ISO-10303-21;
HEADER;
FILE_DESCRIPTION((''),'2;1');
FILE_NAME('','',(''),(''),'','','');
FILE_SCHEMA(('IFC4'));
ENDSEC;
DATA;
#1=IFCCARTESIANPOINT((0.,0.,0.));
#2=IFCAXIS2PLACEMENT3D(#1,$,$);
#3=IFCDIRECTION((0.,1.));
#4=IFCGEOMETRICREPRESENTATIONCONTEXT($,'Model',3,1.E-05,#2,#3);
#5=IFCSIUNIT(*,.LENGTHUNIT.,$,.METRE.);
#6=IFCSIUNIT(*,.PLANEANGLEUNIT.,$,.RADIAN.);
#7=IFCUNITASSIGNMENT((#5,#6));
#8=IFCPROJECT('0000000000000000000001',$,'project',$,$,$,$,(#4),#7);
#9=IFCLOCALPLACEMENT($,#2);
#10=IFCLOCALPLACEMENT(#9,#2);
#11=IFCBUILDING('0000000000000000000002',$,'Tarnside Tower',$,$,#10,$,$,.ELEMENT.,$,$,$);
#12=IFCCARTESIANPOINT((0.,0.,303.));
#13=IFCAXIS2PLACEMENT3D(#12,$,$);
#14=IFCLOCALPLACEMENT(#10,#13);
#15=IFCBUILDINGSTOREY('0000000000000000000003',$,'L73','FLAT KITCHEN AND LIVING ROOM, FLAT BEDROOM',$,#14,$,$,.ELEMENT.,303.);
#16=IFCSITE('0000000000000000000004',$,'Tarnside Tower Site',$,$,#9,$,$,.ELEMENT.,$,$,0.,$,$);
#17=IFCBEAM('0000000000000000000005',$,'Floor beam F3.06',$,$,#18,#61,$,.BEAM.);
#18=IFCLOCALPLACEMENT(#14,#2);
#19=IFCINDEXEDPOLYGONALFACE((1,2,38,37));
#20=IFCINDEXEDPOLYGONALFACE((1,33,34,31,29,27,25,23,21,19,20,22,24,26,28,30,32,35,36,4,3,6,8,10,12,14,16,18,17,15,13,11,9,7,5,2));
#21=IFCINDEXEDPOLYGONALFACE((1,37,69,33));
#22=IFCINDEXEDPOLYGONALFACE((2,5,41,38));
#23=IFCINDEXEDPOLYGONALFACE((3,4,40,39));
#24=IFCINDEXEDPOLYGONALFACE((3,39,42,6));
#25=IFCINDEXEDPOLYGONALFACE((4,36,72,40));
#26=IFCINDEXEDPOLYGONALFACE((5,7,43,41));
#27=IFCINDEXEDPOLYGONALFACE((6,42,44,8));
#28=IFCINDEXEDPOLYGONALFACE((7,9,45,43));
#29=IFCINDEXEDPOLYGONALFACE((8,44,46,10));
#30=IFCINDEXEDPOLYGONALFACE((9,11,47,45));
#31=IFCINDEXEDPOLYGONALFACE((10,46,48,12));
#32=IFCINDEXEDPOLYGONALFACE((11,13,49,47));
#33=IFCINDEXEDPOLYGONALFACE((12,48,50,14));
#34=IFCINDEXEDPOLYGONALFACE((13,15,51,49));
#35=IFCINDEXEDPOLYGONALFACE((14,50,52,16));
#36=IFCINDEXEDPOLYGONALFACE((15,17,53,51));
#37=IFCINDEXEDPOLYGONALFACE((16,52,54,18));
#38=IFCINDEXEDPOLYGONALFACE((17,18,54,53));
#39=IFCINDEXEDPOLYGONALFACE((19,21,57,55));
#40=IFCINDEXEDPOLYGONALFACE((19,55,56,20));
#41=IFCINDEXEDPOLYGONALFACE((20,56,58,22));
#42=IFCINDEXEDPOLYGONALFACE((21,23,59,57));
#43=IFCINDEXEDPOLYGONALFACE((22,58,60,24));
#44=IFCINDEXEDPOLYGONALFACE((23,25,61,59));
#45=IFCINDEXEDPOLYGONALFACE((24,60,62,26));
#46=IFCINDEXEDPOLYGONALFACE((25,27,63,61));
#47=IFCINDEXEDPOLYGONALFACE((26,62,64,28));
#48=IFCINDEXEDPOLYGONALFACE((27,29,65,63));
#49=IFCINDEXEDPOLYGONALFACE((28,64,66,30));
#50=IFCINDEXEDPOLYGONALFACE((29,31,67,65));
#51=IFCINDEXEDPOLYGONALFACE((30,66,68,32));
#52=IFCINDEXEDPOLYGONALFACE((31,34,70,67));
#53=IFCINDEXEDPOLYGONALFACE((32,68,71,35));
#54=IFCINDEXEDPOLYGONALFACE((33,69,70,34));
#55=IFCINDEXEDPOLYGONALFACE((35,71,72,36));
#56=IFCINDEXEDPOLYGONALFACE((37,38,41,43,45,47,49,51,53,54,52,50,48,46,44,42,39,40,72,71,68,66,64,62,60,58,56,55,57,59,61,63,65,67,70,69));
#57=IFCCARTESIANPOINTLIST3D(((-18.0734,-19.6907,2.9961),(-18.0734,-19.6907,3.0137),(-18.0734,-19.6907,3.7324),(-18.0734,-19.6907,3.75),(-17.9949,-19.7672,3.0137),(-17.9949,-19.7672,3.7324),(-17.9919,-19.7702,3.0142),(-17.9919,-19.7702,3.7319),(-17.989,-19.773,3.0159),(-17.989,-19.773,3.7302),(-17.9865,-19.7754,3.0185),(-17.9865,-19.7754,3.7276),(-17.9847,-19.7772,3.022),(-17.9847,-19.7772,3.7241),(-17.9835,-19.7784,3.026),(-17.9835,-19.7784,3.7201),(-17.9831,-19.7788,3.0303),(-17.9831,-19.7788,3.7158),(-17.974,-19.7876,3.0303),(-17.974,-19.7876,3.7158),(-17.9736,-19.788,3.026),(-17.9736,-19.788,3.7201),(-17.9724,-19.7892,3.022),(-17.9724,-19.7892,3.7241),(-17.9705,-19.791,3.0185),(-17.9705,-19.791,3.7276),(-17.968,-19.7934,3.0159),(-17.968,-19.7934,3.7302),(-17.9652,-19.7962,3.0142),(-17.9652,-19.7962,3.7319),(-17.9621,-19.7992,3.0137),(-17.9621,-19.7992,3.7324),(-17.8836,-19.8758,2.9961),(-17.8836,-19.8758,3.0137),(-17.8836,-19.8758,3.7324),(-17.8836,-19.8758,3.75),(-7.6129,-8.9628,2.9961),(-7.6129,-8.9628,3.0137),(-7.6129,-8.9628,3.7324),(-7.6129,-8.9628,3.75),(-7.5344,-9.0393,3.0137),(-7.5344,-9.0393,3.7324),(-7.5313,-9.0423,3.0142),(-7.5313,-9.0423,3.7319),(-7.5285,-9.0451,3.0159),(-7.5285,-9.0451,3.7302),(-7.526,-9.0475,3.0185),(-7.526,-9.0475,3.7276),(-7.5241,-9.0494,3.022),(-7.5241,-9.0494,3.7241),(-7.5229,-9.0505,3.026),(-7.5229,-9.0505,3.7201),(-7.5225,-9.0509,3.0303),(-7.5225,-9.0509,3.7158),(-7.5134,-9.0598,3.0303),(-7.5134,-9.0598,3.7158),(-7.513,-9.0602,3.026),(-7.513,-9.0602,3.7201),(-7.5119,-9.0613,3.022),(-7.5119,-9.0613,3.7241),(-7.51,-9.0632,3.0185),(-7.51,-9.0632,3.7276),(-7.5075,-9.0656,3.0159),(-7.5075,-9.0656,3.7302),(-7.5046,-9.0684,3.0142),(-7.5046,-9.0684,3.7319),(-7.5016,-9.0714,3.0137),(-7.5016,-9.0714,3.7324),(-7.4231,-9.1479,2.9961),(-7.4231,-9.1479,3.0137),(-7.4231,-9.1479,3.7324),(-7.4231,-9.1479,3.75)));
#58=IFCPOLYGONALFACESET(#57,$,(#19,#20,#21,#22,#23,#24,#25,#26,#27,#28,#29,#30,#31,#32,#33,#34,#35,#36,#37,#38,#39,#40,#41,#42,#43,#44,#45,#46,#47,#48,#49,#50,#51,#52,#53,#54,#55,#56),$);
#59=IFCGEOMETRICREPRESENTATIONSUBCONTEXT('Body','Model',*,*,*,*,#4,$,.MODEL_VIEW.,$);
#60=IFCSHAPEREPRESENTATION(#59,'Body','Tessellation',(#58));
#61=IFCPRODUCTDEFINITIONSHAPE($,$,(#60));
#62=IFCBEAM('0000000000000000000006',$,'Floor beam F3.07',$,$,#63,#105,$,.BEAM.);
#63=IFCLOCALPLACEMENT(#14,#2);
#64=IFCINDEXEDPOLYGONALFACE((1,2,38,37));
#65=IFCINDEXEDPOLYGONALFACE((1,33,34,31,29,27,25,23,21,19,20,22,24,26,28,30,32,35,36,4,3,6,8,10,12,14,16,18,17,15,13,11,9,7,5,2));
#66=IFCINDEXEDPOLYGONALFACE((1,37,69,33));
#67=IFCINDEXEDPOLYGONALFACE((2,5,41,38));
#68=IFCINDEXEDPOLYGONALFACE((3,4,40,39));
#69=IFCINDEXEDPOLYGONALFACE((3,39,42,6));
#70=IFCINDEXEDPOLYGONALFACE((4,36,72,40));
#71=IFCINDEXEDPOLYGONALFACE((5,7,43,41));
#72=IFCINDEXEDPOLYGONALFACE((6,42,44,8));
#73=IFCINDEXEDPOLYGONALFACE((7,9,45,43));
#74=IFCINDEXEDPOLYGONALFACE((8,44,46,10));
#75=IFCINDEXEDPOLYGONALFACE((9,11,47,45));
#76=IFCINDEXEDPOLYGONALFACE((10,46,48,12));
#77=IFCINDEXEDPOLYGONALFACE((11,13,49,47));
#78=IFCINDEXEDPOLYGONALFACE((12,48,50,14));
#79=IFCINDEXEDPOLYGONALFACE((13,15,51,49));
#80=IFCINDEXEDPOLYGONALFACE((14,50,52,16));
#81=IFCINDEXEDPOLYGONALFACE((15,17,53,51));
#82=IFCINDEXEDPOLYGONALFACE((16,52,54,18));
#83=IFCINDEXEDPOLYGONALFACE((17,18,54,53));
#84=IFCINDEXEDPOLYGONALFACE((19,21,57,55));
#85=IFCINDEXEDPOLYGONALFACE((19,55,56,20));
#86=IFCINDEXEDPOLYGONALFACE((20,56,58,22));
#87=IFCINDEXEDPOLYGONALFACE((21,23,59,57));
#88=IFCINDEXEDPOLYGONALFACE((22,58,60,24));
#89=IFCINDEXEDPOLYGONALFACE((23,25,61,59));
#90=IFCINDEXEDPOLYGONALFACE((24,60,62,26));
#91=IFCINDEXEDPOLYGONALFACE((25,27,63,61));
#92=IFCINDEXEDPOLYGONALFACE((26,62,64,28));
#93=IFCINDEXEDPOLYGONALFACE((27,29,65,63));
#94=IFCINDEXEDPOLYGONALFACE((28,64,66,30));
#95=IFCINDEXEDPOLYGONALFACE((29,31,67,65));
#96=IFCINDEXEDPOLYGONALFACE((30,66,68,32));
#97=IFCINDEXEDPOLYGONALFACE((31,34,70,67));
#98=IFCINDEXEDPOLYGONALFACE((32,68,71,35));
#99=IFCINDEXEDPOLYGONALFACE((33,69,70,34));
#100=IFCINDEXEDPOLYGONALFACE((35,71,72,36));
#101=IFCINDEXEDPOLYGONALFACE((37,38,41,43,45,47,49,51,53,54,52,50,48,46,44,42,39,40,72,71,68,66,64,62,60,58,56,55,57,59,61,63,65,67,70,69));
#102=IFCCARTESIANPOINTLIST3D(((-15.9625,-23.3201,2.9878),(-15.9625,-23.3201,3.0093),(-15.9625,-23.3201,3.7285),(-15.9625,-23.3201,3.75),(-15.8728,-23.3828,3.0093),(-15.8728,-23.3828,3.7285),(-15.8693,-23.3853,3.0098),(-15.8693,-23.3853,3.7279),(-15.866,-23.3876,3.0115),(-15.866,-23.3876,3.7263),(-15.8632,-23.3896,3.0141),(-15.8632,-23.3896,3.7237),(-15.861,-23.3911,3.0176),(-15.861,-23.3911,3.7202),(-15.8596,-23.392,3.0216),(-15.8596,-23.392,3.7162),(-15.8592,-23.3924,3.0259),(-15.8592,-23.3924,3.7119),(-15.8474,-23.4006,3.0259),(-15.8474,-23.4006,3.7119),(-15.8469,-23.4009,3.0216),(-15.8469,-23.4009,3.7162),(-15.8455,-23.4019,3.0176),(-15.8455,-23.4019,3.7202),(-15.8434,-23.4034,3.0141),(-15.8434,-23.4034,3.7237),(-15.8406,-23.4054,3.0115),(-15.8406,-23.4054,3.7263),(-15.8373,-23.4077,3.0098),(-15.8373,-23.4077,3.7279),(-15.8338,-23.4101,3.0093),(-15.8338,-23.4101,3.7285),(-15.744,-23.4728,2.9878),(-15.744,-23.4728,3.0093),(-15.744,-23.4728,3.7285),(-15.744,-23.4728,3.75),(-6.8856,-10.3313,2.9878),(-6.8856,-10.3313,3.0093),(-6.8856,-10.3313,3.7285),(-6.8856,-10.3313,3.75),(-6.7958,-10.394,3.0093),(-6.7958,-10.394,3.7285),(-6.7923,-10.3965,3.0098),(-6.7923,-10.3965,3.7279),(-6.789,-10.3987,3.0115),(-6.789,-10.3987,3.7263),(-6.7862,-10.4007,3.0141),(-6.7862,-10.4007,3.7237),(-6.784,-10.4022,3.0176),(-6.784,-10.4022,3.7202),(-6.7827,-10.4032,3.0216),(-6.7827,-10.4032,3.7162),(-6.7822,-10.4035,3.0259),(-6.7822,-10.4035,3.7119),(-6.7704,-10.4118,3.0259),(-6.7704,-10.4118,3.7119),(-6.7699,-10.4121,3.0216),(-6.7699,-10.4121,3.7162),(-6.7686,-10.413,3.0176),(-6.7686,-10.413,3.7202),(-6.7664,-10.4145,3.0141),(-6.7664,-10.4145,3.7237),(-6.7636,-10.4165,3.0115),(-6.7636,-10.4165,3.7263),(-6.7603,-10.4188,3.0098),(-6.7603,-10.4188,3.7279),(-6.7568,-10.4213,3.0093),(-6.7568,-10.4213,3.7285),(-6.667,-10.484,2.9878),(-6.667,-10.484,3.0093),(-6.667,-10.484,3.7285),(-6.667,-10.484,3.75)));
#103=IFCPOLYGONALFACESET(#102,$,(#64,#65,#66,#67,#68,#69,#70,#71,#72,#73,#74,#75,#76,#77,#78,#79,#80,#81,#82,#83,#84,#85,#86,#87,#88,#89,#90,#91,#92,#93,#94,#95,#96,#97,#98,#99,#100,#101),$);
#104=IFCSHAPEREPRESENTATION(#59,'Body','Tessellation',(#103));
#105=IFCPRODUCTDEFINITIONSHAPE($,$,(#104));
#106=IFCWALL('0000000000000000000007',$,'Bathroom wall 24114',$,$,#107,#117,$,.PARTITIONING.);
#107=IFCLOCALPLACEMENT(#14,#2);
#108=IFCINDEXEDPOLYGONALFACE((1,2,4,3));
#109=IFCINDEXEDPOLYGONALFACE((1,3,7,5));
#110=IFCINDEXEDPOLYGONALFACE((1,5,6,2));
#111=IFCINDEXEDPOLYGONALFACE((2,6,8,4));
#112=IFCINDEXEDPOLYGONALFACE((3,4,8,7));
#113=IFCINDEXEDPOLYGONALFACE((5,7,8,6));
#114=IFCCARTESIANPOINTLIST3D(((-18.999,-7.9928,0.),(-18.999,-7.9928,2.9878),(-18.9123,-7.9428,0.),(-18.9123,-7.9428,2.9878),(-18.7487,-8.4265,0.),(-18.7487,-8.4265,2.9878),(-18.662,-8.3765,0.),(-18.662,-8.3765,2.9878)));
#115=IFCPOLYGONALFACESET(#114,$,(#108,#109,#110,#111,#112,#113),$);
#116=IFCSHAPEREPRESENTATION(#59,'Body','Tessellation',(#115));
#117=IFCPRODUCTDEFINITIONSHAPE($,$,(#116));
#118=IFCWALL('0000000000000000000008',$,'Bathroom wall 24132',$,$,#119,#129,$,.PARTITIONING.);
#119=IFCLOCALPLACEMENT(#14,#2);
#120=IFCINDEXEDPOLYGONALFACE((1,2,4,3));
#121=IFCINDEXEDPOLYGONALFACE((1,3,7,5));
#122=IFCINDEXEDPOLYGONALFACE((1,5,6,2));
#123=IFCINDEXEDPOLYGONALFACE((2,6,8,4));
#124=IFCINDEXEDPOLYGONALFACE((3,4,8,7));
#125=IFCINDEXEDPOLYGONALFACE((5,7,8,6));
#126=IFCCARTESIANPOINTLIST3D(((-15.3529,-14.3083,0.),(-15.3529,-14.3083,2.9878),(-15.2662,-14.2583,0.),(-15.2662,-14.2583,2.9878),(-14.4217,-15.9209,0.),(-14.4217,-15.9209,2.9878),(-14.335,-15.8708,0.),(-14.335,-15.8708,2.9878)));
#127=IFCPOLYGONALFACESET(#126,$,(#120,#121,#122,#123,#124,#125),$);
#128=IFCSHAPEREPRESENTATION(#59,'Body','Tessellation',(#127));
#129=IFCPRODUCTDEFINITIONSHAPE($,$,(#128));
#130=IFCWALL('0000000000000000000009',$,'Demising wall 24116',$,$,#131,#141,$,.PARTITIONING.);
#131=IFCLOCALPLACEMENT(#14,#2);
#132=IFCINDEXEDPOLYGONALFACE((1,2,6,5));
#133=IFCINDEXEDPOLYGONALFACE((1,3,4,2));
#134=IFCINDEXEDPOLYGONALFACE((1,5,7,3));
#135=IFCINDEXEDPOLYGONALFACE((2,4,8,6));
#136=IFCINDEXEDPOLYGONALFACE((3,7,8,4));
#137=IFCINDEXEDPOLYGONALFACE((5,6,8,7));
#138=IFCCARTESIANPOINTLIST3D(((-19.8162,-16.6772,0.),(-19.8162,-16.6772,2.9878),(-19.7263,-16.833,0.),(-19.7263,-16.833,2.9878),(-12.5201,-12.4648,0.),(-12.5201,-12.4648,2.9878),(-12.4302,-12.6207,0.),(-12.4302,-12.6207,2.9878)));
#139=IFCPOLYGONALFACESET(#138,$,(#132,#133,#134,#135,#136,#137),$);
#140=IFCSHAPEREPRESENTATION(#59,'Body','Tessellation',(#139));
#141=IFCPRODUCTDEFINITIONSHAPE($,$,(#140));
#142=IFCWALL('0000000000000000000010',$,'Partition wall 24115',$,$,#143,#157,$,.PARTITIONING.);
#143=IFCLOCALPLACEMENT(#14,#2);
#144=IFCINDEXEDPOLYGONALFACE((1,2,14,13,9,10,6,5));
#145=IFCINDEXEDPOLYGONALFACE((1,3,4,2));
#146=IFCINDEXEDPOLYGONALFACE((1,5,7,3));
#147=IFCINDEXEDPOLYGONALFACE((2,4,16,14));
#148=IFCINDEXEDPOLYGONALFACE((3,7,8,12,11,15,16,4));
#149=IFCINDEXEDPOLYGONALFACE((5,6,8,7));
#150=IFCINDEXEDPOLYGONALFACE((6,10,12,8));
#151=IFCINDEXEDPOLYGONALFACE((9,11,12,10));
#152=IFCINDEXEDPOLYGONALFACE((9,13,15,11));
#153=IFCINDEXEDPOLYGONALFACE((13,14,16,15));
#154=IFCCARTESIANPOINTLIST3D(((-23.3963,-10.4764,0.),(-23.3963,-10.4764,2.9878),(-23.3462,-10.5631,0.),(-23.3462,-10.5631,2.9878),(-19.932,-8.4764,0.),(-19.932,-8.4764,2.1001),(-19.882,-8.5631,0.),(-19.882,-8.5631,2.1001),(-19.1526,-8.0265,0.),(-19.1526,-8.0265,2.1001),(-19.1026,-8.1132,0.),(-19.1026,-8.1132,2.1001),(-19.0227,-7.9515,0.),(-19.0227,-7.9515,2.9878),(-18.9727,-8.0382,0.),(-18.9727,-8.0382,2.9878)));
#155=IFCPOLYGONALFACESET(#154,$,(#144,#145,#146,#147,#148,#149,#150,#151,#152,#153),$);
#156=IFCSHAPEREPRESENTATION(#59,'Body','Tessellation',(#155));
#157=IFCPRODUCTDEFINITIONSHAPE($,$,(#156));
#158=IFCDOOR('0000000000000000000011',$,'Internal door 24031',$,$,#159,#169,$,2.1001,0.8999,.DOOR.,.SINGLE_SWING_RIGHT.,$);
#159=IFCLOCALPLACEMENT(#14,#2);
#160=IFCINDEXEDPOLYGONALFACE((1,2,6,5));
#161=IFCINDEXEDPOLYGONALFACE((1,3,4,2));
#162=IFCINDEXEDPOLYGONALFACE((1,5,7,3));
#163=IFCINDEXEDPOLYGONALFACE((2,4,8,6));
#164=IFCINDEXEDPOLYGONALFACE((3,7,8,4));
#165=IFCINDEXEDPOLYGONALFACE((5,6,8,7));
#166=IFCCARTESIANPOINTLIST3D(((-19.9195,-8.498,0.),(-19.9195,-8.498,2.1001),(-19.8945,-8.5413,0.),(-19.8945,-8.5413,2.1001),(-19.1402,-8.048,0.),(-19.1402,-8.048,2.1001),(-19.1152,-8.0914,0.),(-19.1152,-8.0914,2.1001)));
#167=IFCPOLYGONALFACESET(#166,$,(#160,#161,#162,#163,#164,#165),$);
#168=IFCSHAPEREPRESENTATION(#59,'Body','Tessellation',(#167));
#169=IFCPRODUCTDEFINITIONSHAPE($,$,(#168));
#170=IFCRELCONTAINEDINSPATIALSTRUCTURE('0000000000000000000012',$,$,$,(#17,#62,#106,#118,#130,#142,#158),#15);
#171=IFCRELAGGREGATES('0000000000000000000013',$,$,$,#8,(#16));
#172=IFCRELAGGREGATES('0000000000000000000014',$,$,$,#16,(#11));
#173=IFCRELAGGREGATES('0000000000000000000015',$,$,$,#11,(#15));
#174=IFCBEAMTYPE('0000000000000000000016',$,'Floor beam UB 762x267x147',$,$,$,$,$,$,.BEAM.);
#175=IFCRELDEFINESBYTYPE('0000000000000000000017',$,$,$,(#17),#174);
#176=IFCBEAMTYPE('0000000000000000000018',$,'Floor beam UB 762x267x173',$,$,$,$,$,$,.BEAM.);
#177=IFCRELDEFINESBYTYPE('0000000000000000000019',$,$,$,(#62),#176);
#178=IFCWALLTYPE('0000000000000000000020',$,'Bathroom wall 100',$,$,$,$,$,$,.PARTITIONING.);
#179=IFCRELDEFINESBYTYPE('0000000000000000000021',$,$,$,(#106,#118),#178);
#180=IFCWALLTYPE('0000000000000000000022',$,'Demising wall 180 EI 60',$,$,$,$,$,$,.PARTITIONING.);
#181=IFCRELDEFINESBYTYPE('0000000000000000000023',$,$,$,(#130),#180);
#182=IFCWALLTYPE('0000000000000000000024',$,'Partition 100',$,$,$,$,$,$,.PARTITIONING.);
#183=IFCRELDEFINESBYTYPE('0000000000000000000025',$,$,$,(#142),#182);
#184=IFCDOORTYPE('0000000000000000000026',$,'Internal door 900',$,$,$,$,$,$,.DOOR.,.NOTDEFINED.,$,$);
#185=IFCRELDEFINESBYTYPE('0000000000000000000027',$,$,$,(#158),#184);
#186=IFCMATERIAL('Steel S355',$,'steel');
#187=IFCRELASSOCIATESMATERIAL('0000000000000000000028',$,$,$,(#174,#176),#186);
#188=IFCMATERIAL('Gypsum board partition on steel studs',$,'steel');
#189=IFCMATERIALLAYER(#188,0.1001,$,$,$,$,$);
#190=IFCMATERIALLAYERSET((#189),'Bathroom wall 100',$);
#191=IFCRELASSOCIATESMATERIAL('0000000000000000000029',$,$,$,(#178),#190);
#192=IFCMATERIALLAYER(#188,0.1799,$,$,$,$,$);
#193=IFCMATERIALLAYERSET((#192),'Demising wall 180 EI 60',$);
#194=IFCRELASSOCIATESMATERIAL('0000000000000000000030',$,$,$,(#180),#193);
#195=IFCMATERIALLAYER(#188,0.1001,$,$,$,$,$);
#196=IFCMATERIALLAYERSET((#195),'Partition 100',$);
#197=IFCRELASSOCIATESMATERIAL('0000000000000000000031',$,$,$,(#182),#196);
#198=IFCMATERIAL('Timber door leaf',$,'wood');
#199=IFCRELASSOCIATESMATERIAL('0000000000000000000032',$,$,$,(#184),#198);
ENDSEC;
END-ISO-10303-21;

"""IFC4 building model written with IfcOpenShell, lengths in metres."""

from ifc_helpers import new_model, si_unit, direction, frame, frame_2d, origin, origin_2d, place, context, subcontext, project, spatial, rectangle, i_section, extrude, material, layer, layer_set, material_profile, profile_set, type_object, element, fill, save


model = new_model("IFC4")

# Units and contexts
model_context = context("Model", 3, precision=1e-05, world=origin(), true_north=direction((0.0, 1.0)))
body_context = subcontext(model_context, "Body", "Model", "MODEL_VIEW")
ifc_project = project(units=[si_unit("LENGTHUNIT", "METRE"), si_unit("PLANEANGLEUNIT", "RADIAN")], contexts=[model_context])

# Site, building, storey
site_placement = place(None, origin())
site = spatial("IfcSite", under=ifc_project, at=site_placement, Name="Tarnside Tower Site", CompositionType="ELEMENT", RefElevation=0.0)
building_placement = place(site_placement, origin())
building = spatial("IfcBuilding", under=site, at=building_placement, Name="Tarnside Tower", CompositionType="ELEMENT")
storey_placement = place(building_placement, frame((0.0, 0.0, 303.0)))
storey = spatial("IfcBuildingStorey", under=building, at=storey_placement, Name="L73", Description="FLAT KITCHEN AND LIVING ROOM, FLAT BEDROOM", CompositionType="ELEMENT", Elevation=303.0)

# Beams
ifc_material_1 = material(Name="Steel S355", Category="steel")
ifc_material_profile_1 = material_profile(ifc_material_1, i_section(OverallWidth=0.2651, OverallDepth=0.7539, WebThickness=0.0127, FlangeThickness=0.0176, FilletRadius=0.0166, at=origin_2d()), Name="UB 762x267x147")
ifc_profile_set_1 = profile_set([ifc_material_profile_1], Name="Steel S355")
beam_type_1 = type_object("IfcBeamType", Name="Floor beam UB 762x267x147", PredefinedType="BEAM", material=ifc_profile_set_1)
beam_1_placement = place(storey_placement, frame((-17.9785, -19.7832, 3.373), z_axis=(0.69813, 0.715971, 0.0), x_axis=(-0.715971, 0.69813, 0.0)))
element("IfcBeam", 1, at=beam_1_placement, inside=storey, type_object=beam_type_1, Name="Floor beam F3.06", PredefinedType="BEAM", context=body_context, shape_type="SweptSolid", body=[
    extrude(i_section(OverallWidth=0.2651, OverallDepth=0.7539, WebThickness=0.0127, FlangeThickness=0.0176, FilletRadius=0.0166, at=origin_2d()), origin(), (0.0, 0.0, 1.0), 14.9836),
])
ifc_material_profile_2 = material_profile(ifc_material_1, i_section(OverallWidth=0.2666, OverallDepth=0.7622, WebThickness=0.0144, FlangeThickness=0.0215, FilletRadius=0.0166, at=origin_2d()), Name="UB 762x267x173")
ifc_profile_set_2 = profile_set([ifc_material_profile_2], Name="Steel S355")
beam_type_2 = type_object("IfcBeamType", Name="Floor beam UB 762x267x173", PredefinedType="BEAM", material=ifc_profile_set_2)
beam_2_placement = place(storey_placement, frame((-15.8533, -23.3965, 3.3689), z_axis=(0.572817, 0.819683, 0.0), x_axis=(-0.819683, 0.572817, 0.0)))
element("IfcBeam", 2, at=beam_2_placement, inside=storey, type_object=beam_type_2, Name="Floor beam F3.07", PredefinedType="BEAM", context=body_context, shape_type="SweptSolid", body=[
    extrude(i_section(OverallWidth=0.2666, OverallDepth=0.7622, WebThickness=0.0144, FlangeThickness=0.0215, FilletRadius=0.0166, at=origin_2d()), origin(), (0.0, 0.0, 1.0), 15.8462),
])

# Walls
ifc_material_2 = material(Name="Gypsum board partition on steel studs", Category="steel")
ifc_layer_1 = layer(ifc_material_2, 0.1001)
ifc_layer_set_1 = layer_set([ifc_layer_1], Name="Bathroom wall 100")
wall_type_1 = type_object("IfcWallType", Name="Bathroom wall 100", PredefinedType="PARTITIONING", material=ifc_layer_set_1)
wall_1_placement = place(storey_placement, frame((-18.7053, -8.4016, 0.0), z_axis=(0.0, 0.0, 1.0), x_axis=(-0.499863, 0.866104, 0.0)))
element("IfcWall", 3, at=wall_1_placement, inside=storey, type_object=wall_type_1, Name="Bathroom wall 24114", PredefinedType="PARTITIONING", context=body_context, shape_type="SweptSolid", body=[
    extrude(rectangle(XDim=0.5007, YDim=0.1001, at=frame_2d((0.2505, 0.0))), origin(), (0.0, 0.0, 1.0), 2.9878),
])
wall_2_placement = place(storey_placement, frame((-15.3096, -14.2832, 0.0), z_axis=(0.0, 0.0, 1.0), x_axis=(0.500059, -0.865991, 0.0)))
element("IfcWall", 4, at=wall_2_placement, inside=storey, type_object=wall_type_1, Name="Bathroom wall 24132", PredefinedType="PARTITIONING", context=body_context, shape_type="SweptSolid", body=[
    extrude(rectangle(XDim=1.8621, YDim=0.1001, at=frame_2d((0.9312, 0.0))), origin(), (0.0, 0.0, 1.0), 2.9878),
])
ifc_layer_2 = layer(ifc_material_2, 0.1799)
ifc_layer_set_2 = layer_set([ifc_layer_2], Name="Demising wall 180 EI 60")
wall_type_2 = type_object("IfcWallType", Name="Demising wall 180 EI 60", PredefinedType="PARTITIONING", material=ifc_layer_set_2)
wall_3_placement = place(storey_placement, frame((-19.7712, -16.7551, 0.0), z_axis=(0.0, 0.0, 1.0), x_axis=(0.866027, 0.499998, 0.0)))
element("IfcWall", 5, at=wall_3_placement, inside=storey, type_object=wall_type_2, Name="Demising wall 24116", PredefinedType="PARTITIONING", context=body_context, shape_type="SweptSolid", body=[
    extrude(rectangle(XDim=8.4248, YDim=0.1799, at=frame_2d((4.2124, 0.0))), origin(), (0.0, 0.0, 1.0), 2.9878),
])

# Wall, opening, door
ifc_layer_3 = layer(ifc_material_2, 0.1001)
ifc_layer_set_3 = layer_set([ifc_layer_3], Name="Partition 100")
wall_type_3 = type_object("IfcWallType", Name="Partition 100", PredefinedType="PARTITIONING", material=ifc_layer_set_3)
wall_4_placement = place(storey_placement, frame((-18.9978, -7.9949, 0.0), z_axis=(0.0, 0.0, 1.0), x_axis=(-0.866039, -0.499976, 0.0)))
wall_4 = element("IfcWall", 6, at=wall_4_placement, inside=storey, type_object=wall_type_3, Name="Partition wall 24115", PredefinedType="PARTITIONING", context=body_context, shape_type="SweptSolid", body=[
    extrude(rectangle(XDim=5.05, YDim=0.1001, at=frame_2d((2.5249, 0.0))), origin(), (0.0, 0.0, 1.0), 2.9878),
])
opening_placement = place(wall_4_placement, frame((0.1499, 0.0, 0.0)))
opening = element("IfcOpeningElement", 7, at=opening_placement, cuts=wall_4, PredefinedType="OPENING", context=body_context, shape_type="SweptSolid", body=[
    extrude(rectangle(XDim=0.8999, YDim=2.1001, at=frame_2d((0.45, 1.05))), frame((0.0, 0.0601, 0.0), z_axis=(0.0, -1.0, 0.0), x_axis=(1.0, 0.0, 0.0)), (0.0, 0.0, 1.0), 0.1201),
])
ifc_material_3 = material(Name="Timber door leaf", Category="wood")
door_type = type_object("IfcDoorType", Name="Internal door 900", OperationType="NOTDEFINED", PredefinedType="DOOR", material=ifc_material_3)
door_placement = place(opening_placement, origin())
door = element("IfcDoor", 8, at=door_placement, inside=storey, type_object=door_type, Name="Internal door 24031", OperationType="SINGLE_SWING_RIGHT", OverallHeight=2.1001, OverallWidth=0.8999, PredefinedType="DOOR", context=body_context, shape_type="SweptSolid", body=[
    extrude(rectangle(XDim=0.8999, YDim=2.1001, at=frame_2d((0.45, 1.05))), frame((0.0, 0.0249, 0.0), z_axis=(0.0, -1.0, 0.0), x_axis=(1.0, 0.0, 0.0)), (0.0, 0.0, 1.0), 0.05),
])
fill(opening, door)

save(model, "model.ifc")
